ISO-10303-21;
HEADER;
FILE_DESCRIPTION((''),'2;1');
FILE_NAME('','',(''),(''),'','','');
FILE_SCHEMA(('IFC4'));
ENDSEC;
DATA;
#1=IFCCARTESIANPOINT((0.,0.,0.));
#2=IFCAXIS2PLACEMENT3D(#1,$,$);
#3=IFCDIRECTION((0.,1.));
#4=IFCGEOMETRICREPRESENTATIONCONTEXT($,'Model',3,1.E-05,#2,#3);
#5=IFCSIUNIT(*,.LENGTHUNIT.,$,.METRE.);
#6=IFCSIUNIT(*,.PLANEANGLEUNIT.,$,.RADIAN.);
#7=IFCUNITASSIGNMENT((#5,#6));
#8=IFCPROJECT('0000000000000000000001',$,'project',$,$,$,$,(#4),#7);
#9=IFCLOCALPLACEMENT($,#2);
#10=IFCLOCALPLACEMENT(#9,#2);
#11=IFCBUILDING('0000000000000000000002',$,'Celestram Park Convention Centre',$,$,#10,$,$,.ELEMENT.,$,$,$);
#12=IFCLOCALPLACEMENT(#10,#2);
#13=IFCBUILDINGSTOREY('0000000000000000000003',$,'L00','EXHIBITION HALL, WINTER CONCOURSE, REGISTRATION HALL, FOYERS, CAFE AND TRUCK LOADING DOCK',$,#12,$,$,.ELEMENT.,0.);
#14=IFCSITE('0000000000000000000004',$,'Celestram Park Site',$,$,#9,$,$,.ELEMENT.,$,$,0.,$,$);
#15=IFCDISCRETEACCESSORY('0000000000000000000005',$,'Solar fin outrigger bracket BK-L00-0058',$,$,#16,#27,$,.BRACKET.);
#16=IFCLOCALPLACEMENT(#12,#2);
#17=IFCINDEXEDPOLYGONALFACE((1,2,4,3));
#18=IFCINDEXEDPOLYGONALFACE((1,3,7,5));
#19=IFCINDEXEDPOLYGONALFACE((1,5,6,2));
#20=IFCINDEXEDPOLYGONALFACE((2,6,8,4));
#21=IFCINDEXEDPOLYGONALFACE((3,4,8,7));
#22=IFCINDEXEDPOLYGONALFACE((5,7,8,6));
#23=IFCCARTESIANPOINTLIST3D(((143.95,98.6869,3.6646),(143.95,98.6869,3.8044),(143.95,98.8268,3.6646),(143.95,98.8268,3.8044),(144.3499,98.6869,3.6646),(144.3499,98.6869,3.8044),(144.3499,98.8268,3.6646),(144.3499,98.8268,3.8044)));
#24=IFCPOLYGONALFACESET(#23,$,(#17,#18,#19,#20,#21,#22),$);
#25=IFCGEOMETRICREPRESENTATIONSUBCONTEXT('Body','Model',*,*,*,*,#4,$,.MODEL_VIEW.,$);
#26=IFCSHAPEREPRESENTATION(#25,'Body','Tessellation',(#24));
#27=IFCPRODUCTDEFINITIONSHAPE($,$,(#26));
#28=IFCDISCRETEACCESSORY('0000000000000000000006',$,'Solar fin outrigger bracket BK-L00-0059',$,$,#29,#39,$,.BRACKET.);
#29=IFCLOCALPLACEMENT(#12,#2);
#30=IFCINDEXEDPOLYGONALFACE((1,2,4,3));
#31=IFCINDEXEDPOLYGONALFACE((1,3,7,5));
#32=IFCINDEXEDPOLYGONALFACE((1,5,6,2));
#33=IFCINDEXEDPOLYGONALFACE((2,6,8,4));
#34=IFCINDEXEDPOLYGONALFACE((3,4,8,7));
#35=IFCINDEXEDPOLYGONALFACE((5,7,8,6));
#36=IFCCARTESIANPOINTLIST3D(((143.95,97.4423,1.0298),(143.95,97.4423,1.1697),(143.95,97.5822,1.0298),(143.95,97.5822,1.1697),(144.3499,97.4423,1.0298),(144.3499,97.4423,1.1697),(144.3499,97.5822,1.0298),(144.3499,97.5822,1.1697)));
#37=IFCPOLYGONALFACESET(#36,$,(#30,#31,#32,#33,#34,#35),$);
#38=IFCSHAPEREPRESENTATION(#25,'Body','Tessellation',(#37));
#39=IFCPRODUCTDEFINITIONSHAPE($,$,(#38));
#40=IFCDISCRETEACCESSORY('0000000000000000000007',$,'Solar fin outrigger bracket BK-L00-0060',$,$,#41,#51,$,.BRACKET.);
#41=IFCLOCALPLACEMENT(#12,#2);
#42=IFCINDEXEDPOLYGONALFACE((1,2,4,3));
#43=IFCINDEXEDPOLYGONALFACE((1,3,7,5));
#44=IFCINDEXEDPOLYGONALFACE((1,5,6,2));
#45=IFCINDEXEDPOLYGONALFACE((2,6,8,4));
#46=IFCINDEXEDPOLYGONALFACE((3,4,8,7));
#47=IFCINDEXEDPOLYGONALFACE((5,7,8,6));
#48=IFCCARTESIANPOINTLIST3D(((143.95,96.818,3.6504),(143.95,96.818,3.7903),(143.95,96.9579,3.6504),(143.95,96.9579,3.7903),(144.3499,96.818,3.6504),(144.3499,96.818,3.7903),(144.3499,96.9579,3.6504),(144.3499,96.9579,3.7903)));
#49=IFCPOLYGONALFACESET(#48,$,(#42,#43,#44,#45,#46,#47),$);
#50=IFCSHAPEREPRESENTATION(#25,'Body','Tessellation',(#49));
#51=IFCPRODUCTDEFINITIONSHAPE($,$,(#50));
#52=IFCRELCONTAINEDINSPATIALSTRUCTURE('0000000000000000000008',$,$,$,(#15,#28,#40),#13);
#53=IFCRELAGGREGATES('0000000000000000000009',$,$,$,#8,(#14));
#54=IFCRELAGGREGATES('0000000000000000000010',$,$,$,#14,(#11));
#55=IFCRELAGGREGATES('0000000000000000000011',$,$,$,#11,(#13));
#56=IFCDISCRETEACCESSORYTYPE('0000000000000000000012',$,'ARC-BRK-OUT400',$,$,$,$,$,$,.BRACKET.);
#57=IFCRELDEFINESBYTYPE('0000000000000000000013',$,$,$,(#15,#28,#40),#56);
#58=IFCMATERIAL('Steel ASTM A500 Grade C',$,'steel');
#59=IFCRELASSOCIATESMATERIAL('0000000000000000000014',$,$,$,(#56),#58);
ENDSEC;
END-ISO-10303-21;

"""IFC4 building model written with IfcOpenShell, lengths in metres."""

from ifc_helpers import new_model, si_unit, direction, frame, origin, origin_2d, place, context, subcontext, project, spatial, rectangle, extrude, material, type_object, element, save


model = new_model("IFC4")

# Units and contexts
model_context = context("Model", 3, precision=1e-05, world=origin(), true_north=direction((0.0, 1.0)))
body_context = subcontext(model_context, "Body", "Model", "MODEL_VIEW")
ifc_project = project(units=[si_unit("LENGTHUNIT", "METRE"), si_unit("PLANEANGLEUNIT", "RADIAN")], contexts=[model_context])

# Site, building, storey
site_placement = place(None, origin())
site = spatial("IfcSite", under=ifc_project, at=site_placement, Name="Celestram Park Site", CompositionType="ELEMENT", RefElevation=0.0)
building_placement = place(site_placement, origin())
building = spatial("IfcBuilding", under=site, at=building_placement, Name="Celestram Park Convention Centre", CompositionType="ELEMENT")
storey_placement = place(building_placement, origin())
storey = spatial("IfcBuildingStorey", under=building, at=storey_placement, Name="L00", Description="EXHIBITION HALL, WINTER CONCOURSE, REGISTRATION HALL, FOYERS, CAFE AND TRUCK LOADING DOCK", CompositionType="ELEMENT", Elevation=0.0)

# Shared definitions
ifc_material_1 = material(Name="Steel ASTM A500 Grade C", Category="steel")

# Discrete accessories
discrete_accessory_type = type_object("IfcDiscreteAccessoryType", Name="ARC-BRK-OUT400", PredefinedType="BRACKET", material=ifc_material_1)
for number, where, z_axis, x_axis, name in (
    (1, (144.1499, 98.7568, 3.6646), (0.0, 0.0, 1.0), (1.0, 0.0, 0.0), "Solar fin outrigger bracket BK-L00-0058"),
    (2, (144.1499, 97.5122, 1.0298), (0.0, 0.0, 1.0), (1.0, 0.0, 0.0), "Solar fin outrigger bracket BK-L00-0059"),
    (3, (144.1499, 96.8879, 3.6504), (0.0, 0.0, 1.0), (1.0, 0.0, 0.0), "Solar fin outrigger bracket BK-L00-0060"),
):
    element("IfcDiscreteAccessory", number, at=place(storey_placement, frame(where, z_axis=z_axis, x_axis=x_axis)), inside=storey, type_object=discrete_accessory_type, Name=name, PredefinedType="BRACKET", context=body_context, shape_type="SweptSolid", body=[
        extrude(rectangle(XDim=0.3999, YDim=0.1399, at=origin_2d()), origin(), (0.0, 0.0, 1.0), 0.1399),
    ])

save(model, "model.ifc")
